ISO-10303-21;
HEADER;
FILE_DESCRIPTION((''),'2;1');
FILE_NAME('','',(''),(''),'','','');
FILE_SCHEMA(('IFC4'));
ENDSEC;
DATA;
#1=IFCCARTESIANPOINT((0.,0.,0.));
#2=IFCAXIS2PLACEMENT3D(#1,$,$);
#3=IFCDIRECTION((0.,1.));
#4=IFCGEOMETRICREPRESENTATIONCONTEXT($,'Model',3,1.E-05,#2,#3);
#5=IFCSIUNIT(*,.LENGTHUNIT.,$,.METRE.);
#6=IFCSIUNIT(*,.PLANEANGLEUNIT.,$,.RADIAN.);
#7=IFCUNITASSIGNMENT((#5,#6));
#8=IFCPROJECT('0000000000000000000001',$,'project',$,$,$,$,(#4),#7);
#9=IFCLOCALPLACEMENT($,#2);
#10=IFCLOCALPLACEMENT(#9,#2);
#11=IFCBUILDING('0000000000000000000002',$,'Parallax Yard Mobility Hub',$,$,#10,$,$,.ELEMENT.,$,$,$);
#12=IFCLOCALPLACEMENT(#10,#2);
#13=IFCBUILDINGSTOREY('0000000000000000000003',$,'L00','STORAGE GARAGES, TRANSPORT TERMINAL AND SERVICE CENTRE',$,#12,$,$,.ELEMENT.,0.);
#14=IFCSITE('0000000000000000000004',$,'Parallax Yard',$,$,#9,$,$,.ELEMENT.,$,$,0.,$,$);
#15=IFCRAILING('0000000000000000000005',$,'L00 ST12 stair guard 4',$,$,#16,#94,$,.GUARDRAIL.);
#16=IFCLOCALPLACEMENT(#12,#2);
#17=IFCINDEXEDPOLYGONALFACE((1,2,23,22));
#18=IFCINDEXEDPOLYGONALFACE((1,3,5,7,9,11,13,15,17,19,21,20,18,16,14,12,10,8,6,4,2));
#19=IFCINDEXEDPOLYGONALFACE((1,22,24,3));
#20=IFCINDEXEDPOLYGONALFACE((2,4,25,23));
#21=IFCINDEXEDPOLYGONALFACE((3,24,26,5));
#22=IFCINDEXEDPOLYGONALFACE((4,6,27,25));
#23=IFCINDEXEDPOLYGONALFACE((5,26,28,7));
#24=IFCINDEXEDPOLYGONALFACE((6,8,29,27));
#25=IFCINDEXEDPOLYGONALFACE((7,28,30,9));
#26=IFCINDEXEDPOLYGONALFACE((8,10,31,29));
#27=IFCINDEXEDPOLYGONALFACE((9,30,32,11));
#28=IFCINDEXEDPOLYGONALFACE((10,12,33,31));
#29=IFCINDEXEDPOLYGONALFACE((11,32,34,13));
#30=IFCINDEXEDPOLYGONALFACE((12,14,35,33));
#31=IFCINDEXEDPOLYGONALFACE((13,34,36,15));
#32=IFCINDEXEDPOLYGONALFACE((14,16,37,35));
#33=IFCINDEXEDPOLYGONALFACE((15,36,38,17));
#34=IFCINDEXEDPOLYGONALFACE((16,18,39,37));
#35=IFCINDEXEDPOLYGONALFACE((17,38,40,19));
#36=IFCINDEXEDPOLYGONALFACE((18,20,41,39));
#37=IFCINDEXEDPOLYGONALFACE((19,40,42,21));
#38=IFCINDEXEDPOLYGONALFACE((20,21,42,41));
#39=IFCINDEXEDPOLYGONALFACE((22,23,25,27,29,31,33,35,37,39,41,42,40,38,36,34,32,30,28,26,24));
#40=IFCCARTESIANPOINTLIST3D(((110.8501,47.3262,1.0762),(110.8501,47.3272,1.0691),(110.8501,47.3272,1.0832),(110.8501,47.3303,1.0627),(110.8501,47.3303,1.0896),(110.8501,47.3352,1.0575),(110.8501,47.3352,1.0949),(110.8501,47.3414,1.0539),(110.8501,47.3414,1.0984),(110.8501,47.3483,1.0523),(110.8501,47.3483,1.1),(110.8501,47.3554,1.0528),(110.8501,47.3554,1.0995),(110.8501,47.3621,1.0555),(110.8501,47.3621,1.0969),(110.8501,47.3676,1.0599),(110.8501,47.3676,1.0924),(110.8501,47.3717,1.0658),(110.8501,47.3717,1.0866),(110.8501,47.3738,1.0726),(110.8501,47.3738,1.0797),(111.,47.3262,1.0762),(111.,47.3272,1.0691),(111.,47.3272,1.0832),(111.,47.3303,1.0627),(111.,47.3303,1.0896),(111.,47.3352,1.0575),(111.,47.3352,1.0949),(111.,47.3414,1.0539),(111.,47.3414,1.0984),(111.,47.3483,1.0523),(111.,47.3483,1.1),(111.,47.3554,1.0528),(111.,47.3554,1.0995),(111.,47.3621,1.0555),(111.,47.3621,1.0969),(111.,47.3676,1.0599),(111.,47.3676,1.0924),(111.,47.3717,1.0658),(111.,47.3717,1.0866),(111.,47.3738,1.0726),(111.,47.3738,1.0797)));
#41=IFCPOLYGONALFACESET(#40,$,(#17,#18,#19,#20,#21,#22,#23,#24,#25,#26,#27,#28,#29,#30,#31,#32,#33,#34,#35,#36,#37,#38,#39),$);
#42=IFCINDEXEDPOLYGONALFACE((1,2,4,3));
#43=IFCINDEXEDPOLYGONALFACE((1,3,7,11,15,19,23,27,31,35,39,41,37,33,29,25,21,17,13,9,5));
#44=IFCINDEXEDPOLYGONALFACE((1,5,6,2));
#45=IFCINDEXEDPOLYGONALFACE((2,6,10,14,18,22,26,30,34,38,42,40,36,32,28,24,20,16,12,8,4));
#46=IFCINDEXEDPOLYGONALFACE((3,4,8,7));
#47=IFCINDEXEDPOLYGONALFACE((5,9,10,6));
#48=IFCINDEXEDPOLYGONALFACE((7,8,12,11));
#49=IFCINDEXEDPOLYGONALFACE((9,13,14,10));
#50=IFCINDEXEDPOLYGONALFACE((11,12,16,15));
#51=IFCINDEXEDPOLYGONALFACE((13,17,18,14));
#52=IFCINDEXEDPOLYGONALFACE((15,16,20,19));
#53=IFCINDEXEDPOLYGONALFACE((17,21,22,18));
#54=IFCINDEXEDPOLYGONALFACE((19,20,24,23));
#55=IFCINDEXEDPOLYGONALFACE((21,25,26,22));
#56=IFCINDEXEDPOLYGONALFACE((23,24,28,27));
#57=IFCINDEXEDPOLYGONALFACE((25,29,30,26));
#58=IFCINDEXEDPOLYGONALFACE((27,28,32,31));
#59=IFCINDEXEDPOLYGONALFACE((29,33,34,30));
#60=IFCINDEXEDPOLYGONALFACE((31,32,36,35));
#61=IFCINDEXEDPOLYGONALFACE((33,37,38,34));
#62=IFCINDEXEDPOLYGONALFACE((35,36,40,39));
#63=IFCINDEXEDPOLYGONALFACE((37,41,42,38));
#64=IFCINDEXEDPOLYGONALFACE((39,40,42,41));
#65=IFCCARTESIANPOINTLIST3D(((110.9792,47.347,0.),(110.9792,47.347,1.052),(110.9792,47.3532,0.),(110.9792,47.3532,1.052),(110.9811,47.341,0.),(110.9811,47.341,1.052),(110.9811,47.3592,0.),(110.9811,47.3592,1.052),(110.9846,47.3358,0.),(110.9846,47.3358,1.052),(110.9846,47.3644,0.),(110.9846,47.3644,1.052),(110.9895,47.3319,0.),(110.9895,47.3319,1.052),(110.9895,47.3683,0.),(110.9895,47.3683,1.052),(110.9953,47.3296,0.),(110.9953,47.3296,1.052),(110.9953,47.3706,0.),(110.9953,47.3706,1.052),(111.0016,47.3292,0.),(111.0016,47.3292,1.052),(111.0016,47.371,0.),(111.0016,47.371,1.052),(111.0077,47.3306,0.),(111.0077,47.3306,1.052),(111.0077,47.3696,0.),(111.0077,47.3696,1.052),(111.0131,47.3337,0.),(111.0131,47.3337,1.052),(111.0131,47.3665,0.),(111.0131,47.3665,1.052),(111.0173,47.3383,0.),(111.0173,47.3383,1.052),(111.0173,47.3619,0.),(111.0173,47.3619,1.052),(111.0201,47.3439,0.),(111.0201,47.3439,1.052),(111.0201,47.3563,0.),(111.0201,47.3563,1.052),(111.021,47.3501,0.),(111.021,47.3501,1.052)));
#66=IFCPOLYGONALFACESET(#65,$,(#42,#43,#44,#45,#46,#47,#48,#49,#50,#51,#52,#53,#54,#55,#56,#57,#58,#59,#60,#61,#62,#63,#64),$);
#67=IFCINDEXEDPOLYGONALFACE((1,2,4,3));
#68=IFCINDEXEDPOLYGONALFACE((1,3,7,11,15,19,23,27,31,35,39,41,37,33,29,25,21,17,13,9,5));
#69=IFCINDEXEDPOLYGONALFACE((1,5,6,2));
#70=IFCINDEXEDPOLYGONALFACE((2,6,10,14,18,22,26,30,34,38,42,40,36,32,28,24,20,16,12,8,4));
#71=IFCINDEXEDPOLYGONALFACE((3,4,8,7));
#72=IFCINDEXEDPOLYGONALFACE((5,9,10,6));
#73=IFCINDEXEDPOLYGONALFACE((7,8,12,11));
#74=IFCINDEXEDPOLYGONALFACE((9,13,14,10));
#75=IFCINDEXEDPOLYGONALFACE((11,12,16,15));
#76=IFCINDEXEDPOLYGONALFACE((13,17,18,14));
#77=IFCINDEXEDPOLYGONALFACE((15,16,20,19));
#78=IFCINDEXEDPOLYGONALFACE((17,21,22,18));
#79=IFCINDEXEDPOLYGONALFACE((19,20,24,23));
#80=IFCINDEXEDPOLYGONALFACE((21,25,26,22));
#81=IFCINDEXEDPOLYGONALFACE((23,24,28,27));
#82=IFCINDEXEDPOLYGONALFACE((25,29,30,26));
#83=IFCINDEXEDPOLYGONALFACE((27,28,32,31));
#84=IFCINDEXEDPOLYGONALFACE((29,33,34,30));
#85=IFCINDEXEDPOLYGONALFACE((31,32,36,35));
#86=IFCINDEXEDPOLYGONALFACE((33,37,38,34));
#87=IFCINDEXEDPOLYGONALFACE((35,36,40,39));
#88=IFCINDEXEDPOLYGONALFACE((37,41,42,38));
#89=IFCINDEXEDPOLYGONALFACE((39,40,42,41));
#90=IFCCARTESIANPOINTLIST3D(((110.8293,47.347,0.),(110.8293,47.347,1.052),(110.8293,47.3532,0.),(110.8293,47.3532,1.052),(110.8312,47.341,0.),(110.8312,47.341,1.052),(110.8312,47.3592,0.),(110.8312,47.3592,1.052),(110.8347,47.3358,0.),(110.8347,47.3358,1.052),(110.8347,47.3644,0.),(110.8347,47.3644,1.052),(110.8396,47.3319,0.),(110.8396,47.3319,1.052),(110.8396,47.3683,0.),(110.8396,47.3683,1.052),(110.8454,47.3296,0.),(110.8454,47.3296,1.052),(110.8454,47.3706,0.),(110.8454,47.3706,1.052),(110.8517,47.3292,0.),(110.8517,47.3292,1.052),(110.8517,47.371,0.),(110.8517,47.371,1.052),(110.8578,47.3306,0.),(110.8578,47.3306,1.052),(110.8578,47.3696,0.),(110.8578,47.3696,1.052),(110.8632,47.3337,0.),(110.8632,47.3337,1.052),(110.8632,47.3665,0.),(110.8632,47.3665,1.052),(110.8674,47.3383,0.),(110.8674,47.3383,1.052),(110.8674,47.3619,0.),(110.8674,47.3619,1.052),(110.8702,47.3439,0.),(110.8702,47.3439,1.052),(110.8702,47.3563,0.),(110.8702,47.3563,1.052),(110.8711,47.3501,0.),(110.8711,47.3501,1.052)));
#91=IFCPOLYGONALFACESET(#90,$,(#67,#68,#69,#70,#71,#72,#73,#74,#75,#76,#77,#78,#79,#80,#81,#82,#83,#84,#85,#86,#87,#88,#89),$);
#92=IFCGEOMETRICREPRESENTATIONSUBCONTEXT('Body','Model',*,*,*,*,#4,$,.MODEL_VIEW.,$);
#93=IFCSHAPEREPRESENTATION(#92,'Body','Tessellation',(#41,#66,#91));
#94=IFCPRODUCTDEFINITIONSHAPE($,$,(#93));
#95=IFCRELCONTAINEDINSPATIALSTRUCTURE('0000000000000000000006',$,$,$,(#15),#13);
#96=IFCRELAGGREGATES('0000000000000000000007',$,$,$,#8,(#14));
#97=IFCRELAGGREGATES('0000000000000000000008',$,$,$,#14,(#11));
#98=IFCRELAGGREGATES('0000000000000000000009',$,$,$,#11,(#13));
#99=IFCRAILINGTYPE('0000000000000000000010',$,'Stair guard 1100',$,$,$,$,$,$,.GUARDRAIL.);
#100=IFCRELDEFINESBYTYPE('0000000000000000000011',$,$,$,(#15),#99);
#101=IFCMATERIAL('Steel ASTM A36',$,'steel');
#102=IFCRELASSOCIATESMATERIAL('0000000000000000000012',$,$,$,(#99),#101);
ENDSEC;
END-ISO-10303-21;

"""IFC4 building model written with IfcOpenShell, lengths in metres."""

from ifc_helpers import new_model, si_unit, direction, frame, origin, origin_2d, place, context, subcontext, project, spatial, circle, extrude, material, type_object, element, save


model = new_model("IFC4")

# Units and contexts
model_context = context("Model", 3, precision=1e-05, world=origin(), true_north=direction((0.0, 1.0)))
body_context = subcontext(model_context, "Body", "Model", "MODEL_VIEW")
ifc_project = project(units=[si_unit("LENGTHUNIT", "METRE"), si_unit("PLANEANGLEUNIT", "RADIAN")], contexts=[model_context])

# Site, building, storey
site_placement = place(None, origin())
site = spatial("IfcSite", under=ifc_project, at=site_placement, Name="Parallax Yard", CompositionType="ELEMENT", RefElevation=0.0)
building_placement = place(site_placement, origin())
building = spatial("IfcBuilding", under=site, at=building_placement, Name="Parallax Yard Mobility Hub", CompositionType="ELEMENT")
storey_placement = place(building_placement, origin())
storey = spatial("IfcBuildingStorey", under=building, at=storey_placement, Name="L00", Description="STORAGE GARAGES, TRANSPORT TERMINAL AND SERVICE CENTRE", CompositionType="ELEMENT", Elevation=0.0)

# Railing
ifc_material_1 = material(Name="Steel ASTM A36", Category="steel")
railing_type = type_object("IfcRailingType", Name="Stair guard 1100", PredefinedType="GUARDRAIL", material=ifc_material_1)
railing_placement = place(storey_placement, frame((111.0, 47.3501, 0.0)))
element("IfcRailing", 1, at=railing_placement, inside=storey, type_object=railing_type, Name="L00 ST12 stair guard 4", PredefinedType="GUARDRAIL", context=body_context, shape_type="SweptSolid", body=[
    extrude(circle(Radius=0.0239, at=origin_2d()), frame((0.0, 0.0, 1.0762), z_axis=(-1.0, 0.0, 0.0), x_axis=(0.0, -1.0, 0.0)), (0.0, 0.0, 1.0), 0.1499),
    extrude(circle(Radius=0.021, at=origin_2d()), origin(), (0.0, 0.0, 1.0), 1.052),
    extrude(circle(Radius=0.021, at=origin_2d()), frame((-0.1499, 0.0, 0.0)), (0.0, 0.0, 1.0), 1.052),
])

save(model, "model.ifc")
